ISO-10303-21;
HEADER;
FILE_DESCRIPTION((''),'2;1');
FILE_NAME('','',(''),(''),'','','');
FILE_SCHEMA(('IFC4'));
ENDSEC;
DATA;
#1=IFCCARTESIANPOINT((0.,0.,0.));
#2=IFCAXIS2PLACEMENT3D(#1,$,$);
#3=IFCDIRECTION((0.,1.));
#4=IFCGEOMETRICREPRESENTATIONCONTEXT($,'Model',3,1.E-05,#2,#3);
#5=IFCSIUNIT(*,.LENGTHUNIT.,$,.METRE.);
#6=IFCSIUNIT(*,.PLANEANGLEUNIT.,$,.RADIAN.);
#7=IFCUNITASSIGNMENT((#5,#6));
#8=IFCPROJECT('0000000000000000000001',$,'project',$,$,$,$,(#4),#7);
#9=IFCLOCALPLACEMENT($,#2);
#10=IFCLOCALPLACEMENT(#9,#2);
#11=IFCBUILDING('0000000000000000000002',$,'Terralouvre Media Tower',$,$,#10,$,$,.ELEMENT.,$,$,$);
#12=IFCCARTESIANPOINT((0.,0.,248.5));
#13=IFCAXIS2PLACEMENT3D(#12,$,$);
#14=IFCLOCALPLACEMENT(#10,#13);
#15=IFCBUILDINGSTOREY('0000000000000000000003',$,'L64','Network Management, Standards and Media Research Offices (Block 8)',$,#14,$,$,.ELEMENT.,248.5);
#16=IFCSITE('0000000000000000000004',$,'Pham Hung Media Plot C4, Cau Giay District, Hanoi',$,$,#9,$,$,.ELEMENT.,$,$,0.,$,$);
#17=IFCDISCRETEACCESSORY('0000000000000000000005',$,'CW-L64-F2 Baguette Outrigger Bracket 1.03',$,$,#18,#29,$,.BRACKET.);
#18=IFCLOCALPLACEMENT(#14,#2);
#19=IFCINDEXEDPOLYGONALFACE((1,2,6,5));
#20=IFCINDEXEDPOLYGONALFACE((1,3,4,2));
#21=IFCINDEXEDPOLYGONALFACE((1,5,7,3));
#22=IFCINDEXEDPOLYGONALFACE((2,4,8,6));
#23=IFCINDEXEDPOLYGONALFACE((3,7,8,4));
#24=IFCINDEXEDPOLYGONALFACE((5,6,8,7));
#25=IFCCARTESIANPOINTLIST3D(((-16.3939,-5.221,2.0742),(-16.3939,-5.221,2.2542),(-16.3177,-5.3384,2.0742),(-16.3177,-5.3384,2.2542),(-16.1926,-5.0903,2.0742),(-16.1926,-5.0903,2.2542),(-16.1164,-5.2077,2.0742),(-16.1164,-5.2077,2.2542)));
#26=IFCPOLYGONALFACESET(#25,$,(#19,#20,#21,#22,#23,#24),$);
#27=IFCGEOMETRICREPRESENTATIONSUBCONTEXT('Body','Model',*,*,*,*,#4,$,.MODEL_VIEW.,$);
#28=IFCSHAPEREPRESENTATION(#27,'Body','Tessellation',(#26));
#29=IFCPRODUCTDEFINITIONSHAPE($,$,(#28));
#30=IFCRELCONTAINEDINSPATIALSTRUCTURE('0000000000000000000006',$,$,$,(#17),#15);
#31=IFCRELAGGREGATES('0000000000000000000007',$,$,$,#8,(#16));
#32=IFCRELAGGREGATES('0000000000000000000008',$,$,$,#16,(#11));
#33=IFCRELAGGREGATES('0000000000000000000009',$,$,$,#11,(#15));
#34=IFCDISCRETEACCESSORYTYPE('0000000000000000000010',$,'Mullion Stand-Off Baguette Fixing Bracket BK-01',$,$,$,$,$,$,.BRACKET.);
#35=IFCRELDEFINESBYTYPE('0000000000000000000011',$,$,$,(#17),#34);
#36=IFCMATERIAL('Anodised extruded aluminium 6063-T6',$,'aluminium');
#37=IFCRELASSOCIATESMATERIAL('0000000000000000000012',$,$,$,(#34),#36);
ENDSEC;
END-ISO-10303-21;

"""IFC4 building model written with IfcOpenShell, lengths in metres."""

from ifc_helpers import new_model, si_unit, direction, frame, origin, origin_2d, place, context, subcontext, project, spatial, rectangle, extrude, material, type_object, element, save


model = new_model("IFC4")

# Units and contexts
model_context = context("Model", 3, precision=1e-05, world=origin(), true_north=direction((0.0, 1.0)))
body_context = subcontext(model_context, "Body", "Model", "MODEL_VIEW")
ifc_project = project(units=[si_unit("LENGTHUNIT", "METRE"), si_unit("PLANEANGLEUNIT", "RADIAN")], contexts=[model_context])

# Site, building, storey
site_placement = place(None, origin())
site = spatial("IfcSite", under=ifc_project, at=site_placement, Name="Pham Hung Media Plot C4, Cau Giay District, Hanoi", CompositionType="ELEMENT", RefElevation=0.0)
building_placement = place(site_placement, origin())
building = spatial("IfcBuilding", under=site, at=building_placement, Name="Terralouvre Media Tower", CompositionType="ELEMENT")
storey_placement = place(building_placement, frame((0.0, 0.0, 248.5)))
storey = spatial("IfcBuildingStorey", under=building, at=storey_placement, Name="L64", Description="Network Management, Standards and Media Research Offices (Block 8)", CompositionType="ELEMENT", Elevation=248.5)

# Discrete accessory
ifc_material_1 = material(Name="Anodised extruded aluminium 6063-T6", Category="aluminium")
discrete_accessory_type = type_object("IfcDiscreteAccessoryType", Name="Mullion Stand-Off Baguette Fixing Bracket BK-01", PredefinedType="BRACKET", material=ifc_material_1)
discrete_accessory_placement = place(storey_placement, frame((-16.2551, -5.2144, 2.0742), z_axis=(0.0, 0.0, 1.0), x_axis=(0.544639, -0.838671, 0.0)))
element("IfcDiscreteAccessory", 1, at=discrete_accessory_placement, inside=storey, type_object=discrete_accessory_type, Name="CW-L64-F2 Baguette Outrigger Bracket 1.03", PredefinedType="BRACKET", context=body_context, shape_type="SweptSolid", body=[
    extrude(rectangle(XDim=0.1399, YDim=0.24, at=origin_2d()), origin(), (0.0, 0.0, 1.0), 0.1799),
])

save(model, "model.ifc")
